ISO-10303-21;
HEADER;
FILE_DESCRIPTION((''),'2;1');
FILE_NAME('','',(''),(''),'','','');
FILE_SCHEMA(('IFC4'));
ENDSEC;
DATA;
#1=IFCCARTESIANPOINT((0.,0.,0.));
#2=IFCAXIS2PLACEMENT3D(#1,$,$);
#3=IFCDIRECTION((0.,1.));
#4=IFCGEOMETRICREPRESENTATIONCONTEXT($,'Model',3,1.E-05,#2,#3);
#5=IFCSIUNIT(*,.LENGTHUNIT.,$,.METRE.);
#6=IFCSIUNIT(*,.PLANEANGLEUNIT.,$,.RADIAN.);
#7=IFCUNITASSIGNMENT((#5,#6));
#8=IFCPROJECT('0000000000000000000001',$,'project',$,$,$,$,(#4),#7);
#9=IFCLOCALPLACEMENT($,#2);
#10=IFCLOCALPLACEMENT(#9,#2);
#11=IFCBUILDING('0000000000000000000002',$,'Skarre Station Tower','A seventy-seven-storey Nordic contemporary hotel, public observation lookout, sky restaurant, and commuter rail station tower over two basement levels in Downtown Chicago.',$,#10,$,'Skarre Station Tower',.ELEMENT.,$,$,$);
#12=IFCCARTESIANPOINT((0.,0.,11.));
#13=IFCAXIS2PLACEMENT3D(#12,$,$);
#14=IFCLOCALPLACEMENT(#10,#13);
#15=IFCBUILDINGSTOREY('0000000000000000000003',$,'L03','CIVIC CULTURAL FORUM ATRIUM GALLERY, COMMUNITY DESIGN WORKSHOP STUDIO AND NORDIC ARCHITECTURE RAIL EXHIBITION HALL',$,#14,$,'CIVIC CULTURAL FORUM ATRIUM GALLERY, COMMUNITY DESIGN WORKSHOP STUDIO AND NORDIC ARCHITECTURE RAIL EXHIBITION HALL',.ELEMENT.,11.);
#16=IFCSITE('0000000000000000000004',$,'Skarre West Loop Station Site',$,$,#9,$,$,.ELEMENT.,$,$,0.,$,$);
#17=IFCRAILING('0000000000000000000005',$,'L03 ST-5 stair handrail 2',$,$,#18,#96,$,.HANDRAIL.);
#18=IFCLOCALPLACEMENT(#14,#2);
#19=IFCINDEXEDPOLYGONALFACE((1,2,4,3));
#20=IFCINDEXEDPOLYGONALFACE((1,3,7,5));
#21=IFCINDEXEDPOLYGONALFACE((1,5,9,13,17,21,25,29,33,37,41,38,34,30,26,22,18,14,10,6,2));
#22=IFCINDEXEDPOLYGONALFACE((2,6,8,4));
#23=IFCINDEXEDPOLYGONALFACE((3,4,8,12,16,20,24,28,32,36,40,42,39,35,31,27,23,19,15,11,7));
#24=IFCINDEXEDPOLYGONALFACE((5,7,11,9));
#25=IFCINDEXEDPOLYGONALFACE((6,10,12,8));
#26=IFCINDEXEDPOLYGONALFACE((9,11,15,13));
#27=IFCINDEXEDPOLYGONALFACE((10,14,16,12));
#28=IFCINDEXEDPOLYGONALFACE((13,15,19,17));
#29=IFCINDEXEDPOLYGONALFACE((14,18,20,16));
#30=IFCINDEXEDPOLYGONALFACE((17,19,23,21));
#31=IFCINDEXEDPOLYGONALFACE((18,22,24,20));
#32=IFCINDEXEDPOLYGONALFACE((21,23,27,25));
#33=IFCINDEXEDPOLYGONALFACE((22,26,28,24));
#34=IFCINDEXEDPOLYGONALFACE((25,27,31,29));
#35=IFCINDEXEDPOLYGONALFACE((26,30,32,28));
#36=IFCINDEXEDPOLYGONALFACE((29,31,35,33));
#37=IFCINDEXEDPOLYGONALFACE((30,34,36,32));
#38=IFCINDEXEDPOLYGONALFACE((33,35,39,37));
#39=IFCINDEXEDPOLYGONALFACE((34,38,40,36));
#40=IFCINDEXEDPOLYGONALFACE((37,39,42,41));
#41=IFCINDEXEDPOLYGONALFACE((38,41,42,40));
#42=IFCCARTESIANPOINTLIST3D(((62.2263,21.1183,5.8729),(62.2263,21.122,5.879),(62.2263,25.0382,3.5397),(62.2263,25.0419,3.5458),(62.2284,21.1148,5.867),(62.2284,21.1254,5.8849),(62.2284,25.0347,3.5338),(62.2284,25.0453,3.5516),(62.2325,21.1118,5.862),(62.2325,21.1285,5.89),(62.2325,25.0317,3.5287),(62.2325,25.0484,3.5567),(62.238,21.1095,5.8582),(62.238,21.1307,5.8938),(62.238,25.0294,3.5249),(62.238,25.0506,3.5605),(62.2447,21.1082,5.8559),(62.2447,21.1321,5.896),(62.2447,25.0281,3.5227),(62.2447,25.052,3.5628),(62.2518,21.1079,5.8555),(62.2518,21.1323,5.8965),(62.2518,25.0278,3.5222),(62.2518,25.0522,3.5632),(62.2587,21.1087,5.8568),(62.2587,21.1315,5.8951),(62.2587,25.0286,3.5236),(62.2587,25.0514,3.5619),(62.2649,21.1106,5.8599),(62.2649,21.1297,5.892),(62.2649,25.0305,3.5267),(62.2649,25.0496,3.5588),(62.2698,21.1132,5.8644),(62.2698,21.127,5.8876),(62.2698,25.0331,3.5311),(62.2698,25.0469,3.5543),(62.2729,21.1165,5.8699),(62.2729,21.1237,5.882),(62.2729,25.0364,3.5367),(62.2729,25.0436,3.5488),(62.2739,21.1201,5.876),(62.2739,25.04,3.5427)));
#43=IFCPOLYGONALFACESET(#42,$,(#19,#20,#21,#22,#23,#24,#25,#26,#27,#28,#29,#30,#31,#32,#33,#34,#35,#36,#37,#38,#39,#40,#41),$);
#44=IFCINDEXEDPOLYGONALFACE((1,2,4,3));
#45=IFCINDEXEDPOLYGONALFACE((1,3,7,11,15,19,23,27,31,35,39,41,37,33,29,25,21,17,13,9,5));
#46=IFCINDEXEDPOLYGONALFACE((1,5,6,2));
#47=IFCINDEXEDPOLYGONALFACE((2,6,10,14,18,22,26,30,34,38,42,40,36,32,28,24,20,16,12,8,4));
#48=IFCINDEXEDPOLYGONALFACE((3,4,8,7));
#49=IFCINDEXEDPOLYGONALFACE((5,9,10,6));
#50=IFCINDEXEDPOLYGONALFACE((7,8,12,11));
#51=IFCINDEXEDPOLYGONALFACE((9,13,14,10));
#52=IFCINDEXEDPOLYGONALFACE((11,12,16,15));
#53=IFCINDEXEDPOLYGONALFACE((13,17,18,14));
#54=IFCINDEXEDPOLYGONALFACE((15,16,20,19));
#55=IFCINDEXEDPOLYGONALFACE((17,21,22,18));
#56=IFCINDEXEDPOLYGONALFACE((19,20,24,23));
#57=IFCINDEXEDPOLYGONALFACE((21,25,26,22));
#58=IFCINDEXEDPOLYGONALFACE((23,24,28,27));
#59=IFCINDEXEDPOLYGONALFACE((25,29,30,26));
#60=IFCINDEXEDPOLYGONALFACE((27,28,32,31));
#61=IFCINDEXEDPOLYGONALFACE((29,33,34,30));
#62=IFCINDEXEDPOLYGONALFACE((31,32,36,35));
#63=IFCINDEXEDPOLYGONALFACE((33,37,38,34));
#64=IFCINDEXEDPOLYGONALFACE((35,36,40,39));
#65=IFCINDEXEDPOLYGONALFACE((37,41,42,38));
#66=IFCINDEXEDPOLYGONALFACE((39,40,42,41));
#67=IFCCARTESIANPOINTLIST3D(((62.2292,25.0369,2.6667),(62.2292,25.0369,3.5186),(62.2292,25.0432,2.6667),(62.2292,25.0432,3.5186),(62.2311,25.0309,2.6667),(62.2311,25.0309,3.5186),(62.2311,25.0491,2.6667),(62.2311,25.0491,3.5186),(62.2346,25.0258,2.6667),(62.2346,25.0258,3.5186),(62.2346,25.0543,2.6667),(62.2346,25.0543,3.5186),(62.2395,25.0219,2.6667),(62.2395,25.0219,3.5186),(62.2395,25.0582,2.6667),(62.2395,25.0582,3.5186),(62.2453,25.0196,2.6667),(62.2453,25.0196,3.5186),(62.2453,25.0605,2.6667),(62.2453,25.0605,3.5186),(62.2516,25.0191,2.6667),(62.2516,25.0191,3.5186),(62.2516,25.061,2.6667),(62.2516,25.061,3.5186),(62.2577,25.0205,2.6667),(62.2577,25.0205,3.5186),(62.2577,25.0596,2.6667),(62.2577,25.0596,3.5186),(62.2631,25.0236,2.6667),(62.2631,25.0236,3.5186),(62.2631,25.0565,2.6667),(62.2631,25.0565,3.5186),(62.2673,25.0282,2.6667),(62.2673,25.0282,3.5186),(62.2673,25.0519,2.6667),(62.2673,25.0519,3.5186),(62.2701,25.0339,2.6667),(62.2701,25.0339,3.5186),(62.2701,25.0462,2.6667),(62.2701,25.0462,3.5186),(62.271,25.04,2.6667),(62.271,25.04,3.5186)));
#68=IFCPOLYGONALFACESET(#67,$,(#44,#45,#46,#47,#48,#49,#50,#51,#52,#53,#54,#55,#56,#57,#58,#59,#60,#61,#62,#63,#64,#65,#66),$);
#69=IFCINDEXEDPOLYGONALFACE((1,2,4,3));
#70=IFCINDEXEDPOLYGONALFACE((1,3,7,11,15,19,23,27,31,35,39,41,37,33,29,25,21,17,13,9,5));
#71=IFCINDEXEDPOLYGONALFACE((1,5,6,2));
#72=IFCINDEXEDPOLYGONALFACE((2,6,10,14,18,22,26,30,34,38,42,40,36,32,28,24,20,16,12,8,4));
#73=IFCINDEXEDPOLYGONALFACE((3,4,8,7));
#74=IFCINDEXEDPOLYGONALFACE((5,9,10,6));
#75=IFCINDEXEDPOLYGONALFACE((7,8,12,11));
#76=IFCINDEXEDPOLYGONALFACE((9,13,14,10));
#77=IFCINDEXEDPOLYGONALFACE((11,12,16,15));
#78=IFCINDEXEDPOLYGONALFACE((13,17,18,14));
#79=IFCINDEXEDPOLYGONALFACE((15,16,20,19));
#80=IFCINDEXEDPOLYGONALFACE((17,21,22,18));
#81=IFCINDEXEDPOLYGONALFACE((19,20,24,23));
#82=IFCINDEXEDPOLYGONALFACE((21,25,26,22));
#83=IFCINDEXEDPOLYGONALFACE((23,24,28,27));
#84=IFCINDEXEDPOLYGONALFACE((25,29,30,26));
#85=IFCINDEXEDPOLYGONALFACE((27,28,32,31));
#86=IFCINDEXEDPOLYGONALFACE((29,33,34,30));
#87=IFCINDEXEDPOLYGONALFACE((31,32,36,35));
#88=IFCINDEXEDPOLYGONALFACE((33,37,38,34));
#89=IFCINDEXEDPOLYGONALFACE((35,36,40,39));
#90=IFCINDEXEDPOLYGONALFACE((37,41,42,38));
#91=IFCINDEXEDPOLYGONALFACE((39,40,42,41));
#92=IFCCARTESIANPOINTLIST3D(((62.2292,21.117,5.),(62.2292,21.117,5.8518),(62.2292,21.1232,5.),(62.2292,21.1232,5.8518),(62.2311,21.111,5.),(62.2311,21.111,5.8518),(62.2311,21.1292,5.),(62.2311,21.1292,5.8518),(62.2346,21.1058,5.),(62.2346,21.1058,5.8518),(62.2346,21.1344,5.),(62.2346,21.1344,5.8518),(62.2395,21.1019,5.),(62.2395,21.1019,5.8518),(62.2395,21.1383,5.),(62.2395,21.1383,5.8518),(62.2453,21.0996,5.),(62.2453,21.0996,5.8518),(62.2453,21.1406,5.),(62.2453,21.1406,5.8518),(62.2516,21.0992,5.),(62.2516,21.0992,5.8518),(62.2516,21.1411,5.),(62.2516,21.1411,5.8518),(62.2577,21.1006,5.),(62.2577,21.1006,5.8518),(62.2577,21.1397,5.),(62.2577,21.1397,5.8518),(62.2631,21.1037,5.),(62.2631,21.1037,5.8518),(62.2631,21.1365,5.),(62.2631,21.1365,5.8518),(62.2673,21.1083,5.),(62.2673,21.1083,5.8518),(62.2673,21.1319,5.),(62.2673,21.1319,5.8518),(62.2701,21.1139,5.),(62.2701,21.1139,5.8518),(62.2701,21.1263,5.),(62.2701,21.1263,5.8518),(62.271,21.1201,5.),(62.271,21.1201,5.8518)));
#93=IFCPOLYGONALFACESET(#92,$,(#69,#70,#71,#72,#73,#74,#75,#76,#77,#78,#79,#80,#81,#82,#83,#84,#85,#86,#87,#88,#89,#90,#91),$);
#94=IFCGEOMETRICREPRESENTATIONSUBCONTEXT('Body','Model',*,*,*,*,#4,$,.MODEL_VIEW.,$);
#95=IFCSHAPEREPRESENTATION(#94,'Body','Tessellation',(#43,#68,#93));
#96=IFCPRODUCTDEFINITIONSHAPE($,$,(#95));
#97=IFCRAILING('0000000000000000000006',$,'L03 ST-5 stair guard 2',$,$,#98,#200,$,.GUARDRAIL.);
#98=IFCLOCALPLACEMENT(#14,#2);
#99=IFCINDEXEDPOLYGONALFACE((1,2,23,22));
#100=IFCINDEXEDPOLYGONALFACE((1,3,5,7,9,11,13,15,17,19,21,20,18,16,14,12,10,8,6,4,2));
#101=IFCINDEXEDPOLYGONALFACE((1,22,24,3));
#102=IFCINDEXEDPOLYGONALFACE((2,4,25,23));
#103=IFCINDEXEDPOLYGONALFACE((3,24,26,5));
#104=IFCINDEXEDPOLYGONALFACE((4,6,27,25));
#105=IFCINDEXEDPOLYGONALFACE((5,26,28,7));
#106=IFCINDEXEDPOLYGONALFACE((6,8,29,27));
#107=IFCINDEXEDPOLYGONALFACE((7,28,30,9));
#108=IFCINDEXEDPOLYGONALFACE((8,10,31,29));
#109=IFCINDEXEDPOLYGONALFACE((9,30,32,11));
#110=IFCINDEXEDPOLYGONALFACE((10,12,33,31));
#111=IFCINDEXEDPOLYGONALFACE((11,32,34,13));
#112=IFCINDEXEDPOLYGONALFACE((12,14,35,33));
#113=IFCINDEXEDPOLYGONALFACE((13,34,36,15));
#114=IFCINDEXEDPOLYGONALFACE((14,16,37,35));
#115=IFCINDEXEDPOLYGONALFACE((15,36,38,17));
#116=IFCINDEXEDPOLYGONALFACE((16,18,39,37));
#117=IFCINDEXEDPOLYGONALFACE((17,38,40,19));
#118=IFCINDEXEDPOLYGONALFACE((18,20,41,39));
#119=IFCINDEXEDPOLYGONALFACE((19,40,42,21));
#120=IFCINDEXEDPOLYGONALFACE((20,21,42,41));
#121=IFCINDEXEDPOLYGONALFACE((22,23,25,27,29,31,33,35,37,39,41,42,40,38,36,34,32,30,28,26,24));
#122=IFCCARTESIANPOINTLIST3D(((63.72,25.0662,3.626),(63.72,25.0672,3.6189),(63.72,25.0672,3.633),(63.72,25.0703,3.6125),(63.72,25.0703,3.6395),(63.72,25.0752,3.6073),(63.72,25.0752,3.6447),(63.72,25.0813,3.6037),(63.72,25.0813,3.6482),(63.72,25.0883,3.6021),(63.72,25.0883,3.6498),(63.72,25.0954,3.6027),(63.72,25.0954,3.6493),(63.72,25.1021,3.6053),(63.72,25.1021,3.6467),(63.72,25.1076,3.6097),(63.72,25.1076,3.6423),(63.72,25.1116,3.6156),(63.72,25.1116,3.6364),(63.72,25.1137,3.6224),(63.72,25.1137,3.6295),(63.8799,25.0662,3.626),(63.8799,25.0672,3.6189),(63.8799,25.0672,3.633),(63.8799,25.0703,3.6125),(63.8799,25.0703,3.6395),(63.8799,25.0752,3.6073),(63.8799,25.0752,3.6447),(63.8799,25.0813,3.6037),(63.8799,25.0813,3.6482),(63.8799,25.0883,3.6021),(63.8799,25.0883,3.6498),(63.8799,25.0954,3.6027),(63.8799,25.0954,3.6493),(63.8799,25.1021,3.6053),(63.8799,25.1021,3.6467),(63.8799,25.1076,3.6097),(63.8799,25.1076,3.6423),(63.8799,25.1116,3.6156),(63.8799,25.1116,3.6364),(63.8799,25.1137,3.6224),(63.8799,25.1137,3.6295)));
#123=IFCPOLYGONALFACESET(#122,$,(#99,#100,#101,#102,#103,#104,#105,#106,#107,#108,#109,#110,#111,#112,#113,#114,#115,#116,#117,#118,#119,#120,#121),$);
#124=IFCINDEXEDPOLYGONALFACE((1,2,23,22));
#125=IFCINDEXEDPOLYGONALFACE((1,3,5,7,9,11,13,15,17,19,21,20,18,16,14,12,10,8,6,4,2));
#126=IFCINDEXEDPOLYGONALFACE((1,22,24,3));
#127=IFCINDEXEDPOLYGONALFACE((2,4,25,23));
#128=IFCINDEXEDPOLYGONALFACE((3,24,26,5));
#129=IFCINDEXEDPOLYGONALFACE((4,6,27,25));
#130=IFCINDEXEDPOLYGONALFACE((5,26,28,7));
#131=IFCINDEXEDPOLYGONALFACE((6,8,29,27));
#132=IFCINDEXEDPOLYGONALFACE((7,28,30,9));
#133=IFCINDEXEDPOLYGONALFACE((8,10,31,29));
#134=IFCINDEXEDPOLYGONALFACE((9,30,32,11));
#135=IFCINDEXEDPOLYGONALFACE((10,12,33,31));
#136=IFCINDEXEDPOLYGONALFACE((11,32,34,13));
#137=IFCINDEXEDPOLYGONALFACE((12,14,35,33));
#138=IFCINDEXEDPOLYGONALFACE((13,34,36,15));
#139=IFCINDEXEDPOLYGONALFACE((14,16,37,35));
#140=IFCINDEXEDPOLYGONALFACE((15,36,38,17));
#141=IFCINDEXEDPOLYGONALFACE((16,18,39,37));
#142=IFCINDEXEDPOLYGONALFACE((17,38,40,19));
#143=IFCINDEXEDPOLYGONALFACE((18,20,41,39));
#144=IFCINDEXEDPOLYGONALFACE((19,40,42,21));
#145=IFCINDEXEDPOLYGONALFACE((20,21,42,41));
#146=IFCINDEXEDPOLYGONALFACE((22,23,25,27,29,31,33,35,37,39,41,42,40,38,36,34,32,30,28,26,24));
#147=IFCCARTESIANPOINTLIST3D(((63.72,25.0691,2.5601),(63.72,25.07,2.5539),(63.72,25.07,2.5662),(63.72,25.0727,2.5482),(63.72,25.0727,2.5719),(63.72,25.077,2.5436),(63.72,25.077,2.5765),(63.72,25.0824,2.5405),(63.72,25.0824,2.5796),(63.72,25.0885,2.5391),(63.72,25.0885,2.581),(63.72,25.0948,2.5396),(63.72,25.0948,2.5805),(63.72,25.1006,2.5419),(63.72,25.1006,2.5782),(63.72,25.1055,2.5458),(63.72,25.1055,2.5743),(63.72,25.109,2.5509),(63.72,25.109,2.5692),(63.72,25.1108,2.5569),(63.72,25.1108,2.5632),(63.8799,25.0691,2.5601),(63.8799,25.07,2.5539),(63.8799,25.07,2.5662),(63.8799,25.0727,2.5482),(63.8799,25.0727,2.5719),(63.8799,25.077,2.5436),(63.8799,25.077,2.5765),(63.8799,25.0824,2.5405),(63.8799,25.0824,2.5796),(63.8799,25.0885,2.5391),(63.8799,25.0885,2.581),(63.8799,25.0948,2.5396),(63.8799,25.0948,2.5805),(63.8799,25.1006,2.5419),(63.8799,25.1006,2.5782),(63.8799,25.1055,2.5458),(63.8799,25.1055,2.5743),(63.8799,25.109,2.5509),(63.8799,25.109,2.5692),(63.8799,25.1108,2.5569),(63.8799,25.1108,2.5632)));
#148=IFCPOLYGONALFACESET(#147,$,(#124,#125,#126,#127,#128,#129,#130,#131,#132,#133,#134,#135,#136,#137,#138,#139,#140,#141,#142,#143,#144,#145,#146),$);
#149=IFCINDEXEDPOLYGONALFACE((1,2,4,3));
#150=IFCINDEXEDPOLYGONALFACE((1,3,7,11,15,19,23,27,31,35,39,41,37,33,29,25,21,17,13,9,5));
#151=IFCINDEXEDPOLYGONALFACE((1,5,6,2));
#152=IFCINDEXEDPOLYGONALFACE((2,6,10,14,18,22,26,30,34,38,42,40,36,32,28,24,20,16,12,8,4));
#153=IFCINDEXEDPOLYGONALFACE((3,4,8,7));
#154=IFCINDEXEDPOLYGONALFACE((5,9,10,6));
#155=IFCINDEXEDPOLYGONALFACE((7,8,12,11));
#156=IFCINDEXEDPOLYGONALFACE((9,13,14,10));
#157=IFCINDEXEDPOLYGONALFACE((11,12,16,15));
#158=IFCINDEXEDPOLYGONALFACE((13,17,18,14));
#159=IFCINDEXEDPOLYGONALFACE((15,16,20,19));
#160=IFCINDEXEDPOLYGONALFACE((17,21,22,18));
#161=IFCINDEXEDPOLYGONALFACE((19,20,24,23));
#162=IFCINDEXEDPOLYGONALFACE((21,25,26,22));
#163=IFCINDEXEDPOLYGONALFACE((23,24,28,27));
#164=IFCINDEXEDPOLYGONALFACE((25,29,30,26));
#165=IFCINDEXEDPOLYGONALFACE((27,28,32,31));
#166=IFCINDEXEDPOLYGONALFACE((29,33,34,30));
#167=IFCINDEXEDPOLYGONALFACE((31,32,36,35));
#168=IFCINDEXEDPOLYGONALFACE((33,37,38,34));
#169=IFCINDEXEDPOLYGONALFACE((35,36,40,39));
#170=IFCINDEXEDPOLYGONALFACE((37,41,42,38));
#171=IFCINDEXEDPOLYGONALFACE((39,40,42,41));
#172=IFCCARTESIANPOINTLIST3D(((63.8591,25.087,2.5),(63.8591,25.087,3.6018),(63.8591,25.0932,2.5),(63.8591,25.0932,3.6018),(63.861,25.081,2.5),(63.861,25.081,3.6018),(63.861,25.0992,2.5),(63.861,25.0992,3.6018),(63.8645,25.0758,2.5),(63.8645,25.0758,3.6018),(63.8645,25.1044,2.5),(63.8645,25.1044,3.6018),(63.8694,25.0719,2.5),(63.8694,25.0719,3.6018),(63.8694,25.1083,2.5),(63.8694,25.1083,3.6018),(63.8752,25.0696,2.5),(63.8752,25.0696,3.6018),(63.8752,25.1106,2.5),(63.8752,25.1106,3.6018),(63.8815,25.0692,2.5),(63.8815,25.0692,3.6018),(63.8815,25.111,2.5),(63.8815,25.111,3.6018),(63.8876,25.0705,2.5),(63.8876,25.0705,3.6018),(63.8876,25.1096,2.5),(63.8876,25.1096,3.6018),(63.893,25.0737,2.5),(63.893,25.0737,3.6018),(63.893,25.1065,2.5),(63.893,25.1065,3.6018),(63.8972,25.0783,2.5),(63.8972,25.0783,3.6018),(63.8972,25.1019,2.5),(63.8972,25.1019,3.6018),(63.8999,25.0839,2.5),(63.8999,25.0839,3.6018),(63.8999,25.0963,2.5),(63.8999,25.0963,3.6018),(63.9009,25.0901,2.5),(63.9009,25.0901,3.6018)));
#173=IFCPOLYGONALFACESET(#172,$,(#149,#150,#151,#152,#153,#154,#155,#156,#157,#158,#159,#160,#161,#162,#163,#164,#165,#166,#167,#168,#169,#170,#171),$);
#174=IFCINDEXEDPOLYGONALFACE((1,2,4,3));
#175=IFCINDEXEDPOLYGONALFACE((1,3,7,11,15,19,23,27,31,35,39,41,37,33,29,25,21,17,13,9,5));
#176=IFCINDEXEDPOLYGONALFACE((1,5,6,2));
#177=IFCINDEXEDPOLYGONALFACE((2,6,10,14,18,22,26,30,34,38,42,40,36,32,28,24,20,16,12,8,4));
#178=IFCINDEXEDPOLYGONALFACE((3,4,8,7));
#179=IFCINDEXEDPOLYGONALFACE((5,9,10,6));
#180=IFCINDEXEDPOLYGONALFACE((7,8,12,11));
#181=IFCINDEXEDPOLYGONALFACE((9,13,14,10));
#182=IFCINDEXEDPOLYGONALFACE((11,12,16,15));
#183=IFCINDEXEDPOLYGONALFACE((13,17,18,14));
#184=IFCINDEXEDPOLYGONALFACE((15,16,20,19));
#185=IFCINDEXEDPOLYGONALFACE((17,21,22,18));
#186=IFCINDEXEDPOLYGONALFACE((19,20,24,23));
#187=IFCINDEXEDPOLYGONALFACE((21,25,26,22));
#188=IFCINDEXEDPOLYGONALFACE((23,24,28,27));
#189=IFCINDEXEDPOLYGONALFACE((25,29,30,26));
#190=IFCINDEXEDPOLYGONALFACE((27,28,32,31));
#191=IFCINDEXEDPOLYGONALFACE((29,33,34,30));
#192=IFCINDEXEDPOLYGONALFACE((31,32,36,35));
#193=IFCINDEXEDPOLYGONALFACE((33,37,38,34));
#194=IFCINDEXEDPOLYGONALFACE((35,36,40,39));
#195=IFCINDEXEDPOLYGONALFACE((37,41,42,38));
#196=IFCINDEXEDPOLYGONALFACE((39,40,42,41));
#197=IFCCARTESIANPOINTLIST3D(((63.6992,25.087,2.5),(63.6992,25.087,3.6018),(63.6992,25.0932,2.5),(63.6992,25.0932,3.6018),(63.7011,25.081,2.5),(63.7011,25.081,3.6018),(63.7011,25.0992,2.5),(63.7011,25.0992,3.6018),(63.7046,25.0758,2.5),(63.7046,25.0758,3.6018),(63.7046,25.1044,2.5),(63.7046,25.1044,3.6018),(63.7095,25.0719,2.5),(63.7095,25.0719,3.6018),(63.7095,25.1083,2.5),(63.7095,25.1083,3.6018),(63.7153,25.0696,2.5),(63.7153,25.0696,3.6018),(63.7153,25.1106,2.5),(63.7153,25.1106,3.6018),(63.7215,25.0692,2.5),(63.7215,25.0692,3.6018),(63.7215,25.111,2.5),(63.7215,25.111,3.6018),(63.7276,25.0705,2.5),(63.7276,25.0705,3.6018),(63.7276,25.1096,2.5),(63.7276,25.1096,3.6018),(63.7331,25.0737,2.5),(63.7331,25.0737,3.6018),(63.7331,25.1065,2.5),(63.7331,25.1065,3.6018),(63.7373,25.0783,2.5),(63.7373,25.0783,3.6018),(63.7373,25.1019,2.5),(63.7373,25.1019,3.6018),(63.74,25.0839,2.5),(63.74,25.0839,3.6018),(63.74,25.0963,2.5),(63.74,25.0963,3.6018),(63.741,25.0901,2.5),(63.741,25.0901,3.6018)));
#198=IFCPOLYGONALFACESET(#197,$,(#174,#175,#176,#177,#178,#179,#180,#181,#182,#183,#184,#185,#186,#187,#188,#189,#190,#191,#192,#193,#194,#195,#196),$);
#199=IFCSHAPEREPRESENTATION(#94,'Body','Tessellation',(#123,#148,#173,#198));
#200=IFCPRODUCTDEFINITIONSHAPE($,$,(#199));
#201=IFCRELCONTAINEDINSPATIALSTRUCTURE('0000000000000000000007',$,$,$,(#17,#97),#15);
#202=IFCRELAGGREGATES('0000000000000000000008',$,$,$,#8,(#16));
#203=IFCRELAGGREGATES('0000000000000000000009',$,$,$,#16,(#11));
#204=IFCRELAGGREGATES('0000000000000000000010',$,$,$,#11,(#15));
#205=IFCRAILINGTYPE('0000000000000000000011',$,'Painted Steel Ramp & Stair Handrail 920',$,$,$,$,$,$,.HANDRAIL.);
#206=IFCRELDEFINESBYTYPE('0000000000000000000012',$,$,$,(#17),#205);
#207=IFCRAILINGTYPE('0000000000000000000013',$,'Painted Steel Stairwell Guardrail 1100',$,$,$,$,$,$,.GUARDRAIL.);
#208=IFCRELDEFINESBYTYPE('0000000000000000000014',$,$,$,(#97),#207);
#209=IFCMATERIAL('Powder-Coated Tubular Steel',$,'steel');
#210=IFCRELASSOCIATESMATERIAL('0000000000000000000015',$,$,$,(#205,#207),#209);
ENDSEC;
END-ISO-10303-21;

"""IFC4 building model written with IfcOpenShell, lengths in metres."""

from ifc_helpers import new_model, si_unit, direction, frame, origin, origin_2d, place, context, subcontext, project, spatial, circle, extrude, material, type_object, element, save


model = new_model("IFC4")

# Units and contexts
model_context = context("Model", 3, precision=1e-05, world=origin(), true_north=direction((0.0, 1.0)))
body_context = subcontext(model_context, "Body", "Model", "MODEL_VIEW")
ifc_project = project(units=[si_unit("LENGTHUNIT", "METRE"), si_unit("PLANEANGLEUNIT", "RADIAN")], contexts=[model_context])

# Site, building, storey
site_placement = place(None, origin())
site = spatial("IfcSite", under=ifc_project, at=site_placement, Name="Skarre West Loop Station Site", CompositionType="ELEMENT", RefElevation=0.0)
building_placement = place(site_placement, origin())
building = spatial("IfcBuilding", under=site, at=building_placement, Name="Skarre Station Tower", Description="A seventy-seven-storey Nordic contemporary hotel, public observation lookout, sky restaurant, and commuter rail station tower over two basement levels in Downtown Chicago.", LongName="Skarre Station Tower", CompositionType="ELEMENT")
storey_placement = place(building_placement, frame((0.0, 0.0, 11.0)))
storey = spatial("IfcBuildingStorey", under=building, at=storey_placement, Name="L03", Description="CIVIC CULTURAL FORUM ATRIUM GALLERY, COMMUNITY DESIGN WORKSHOP STUDIO AND NORDIC ARCHITECTURE RAIL EXHIBITION HALL", LongName="CIVIC CULTURAL FORUM ATRIUM GALLERY, COMMUNITY DESIGN WORKSHOP STUDIO AND NORDIC ARCHITECTURE RAIL EXHIBITION HALL", CompositionType="ELEMENT", Elevation=11.0)

# Railings
ifc_material_1 = material(Name="Powder-Coated Tubular Steel", Category="steel")
railing_type_1 = type_object("IfcRailingType", Name="Painted Steel Ramp & Stair Handrail 920", PredefinedType="HANDRAIL", material=ifc_material_1)
railing_1_placement = place(storey_placement, frame((62.25, 25.04, 2.6667)))
element("IfcRailing", 1, at=railing_1_placement, inside=storey, type_object=railing_type_1, Name="L03 ST-5 stair handrail 2", PredefinedType="HANDRAIL", context=body_context, shape_type="SweptSolid", body=[
    extrude(circle(Radius=0.0239, at=origin_2d()), frame((0.0, 0.0, 0.876), z_axis=(0.0, -0.859296, 0.511478), x_axis=(1.0, 0.0, 0.0)), (0.0, 0.0, 1.0), 4.5618),
    extrude(circle(Radius=0.021, at=origin_2d()), origin(), (0.0, 0.0, 1.0), 0.8518),
    extrude(circle(Radius=0.021, at=origin_2d()), frame((0.0, -3.9199, 2.3333)), (0.0, 0.0, 1.0), 0.8518),
])
railing_type_2 = type_object("IfcRailingType", Name="Painted Steel Stairwell Guardrail 1100", PredefinedType="GUARDRAIL", material=ifc_material_1)
railing_2_placement = place(storey_placement, frame((63.8799, 25.0901, 2.5)))
element("IfcRailing", 2, at=railing_2_placement, inside=storey, type_object=railing_type_2, Name="L03 ST-5 stair guard 2", PredefinedType="GUARDRAIL", context=body_context, shape_type="SweptSolid", body=[
    extrude(circle(Radius=0.0239, at=origin_2d()), frame((0.0, 0.0, 1.126), z_axis=(-1.0, 0.0, 0.0), x_axis=(0.0, -1.0, 0.0)), (0.0, 0.0, 1.0), 0.1599),
    extrude(circle(Radius=0.021, at=origin_2d()), frame((0.0, 0.0, 0.0601), z_axis=(-1.0, 0.0, 0.0), x_axis=(0.0, -1.0, 0.0)), (0.0, 0.0, 1.0), 0.1599),
    extrude(circle(Radius=0.021, at=origin_2d()), origin(), (0.0, 0.0, 1.0), 1.1018),
    extrude(circle(Radius=0.021, at=origin_2d()), frame((-0.1599, 0.0, 0.0)), (0.0, 0.0, 1.0), 1.1018),
])

save(model, "model.ifc")
